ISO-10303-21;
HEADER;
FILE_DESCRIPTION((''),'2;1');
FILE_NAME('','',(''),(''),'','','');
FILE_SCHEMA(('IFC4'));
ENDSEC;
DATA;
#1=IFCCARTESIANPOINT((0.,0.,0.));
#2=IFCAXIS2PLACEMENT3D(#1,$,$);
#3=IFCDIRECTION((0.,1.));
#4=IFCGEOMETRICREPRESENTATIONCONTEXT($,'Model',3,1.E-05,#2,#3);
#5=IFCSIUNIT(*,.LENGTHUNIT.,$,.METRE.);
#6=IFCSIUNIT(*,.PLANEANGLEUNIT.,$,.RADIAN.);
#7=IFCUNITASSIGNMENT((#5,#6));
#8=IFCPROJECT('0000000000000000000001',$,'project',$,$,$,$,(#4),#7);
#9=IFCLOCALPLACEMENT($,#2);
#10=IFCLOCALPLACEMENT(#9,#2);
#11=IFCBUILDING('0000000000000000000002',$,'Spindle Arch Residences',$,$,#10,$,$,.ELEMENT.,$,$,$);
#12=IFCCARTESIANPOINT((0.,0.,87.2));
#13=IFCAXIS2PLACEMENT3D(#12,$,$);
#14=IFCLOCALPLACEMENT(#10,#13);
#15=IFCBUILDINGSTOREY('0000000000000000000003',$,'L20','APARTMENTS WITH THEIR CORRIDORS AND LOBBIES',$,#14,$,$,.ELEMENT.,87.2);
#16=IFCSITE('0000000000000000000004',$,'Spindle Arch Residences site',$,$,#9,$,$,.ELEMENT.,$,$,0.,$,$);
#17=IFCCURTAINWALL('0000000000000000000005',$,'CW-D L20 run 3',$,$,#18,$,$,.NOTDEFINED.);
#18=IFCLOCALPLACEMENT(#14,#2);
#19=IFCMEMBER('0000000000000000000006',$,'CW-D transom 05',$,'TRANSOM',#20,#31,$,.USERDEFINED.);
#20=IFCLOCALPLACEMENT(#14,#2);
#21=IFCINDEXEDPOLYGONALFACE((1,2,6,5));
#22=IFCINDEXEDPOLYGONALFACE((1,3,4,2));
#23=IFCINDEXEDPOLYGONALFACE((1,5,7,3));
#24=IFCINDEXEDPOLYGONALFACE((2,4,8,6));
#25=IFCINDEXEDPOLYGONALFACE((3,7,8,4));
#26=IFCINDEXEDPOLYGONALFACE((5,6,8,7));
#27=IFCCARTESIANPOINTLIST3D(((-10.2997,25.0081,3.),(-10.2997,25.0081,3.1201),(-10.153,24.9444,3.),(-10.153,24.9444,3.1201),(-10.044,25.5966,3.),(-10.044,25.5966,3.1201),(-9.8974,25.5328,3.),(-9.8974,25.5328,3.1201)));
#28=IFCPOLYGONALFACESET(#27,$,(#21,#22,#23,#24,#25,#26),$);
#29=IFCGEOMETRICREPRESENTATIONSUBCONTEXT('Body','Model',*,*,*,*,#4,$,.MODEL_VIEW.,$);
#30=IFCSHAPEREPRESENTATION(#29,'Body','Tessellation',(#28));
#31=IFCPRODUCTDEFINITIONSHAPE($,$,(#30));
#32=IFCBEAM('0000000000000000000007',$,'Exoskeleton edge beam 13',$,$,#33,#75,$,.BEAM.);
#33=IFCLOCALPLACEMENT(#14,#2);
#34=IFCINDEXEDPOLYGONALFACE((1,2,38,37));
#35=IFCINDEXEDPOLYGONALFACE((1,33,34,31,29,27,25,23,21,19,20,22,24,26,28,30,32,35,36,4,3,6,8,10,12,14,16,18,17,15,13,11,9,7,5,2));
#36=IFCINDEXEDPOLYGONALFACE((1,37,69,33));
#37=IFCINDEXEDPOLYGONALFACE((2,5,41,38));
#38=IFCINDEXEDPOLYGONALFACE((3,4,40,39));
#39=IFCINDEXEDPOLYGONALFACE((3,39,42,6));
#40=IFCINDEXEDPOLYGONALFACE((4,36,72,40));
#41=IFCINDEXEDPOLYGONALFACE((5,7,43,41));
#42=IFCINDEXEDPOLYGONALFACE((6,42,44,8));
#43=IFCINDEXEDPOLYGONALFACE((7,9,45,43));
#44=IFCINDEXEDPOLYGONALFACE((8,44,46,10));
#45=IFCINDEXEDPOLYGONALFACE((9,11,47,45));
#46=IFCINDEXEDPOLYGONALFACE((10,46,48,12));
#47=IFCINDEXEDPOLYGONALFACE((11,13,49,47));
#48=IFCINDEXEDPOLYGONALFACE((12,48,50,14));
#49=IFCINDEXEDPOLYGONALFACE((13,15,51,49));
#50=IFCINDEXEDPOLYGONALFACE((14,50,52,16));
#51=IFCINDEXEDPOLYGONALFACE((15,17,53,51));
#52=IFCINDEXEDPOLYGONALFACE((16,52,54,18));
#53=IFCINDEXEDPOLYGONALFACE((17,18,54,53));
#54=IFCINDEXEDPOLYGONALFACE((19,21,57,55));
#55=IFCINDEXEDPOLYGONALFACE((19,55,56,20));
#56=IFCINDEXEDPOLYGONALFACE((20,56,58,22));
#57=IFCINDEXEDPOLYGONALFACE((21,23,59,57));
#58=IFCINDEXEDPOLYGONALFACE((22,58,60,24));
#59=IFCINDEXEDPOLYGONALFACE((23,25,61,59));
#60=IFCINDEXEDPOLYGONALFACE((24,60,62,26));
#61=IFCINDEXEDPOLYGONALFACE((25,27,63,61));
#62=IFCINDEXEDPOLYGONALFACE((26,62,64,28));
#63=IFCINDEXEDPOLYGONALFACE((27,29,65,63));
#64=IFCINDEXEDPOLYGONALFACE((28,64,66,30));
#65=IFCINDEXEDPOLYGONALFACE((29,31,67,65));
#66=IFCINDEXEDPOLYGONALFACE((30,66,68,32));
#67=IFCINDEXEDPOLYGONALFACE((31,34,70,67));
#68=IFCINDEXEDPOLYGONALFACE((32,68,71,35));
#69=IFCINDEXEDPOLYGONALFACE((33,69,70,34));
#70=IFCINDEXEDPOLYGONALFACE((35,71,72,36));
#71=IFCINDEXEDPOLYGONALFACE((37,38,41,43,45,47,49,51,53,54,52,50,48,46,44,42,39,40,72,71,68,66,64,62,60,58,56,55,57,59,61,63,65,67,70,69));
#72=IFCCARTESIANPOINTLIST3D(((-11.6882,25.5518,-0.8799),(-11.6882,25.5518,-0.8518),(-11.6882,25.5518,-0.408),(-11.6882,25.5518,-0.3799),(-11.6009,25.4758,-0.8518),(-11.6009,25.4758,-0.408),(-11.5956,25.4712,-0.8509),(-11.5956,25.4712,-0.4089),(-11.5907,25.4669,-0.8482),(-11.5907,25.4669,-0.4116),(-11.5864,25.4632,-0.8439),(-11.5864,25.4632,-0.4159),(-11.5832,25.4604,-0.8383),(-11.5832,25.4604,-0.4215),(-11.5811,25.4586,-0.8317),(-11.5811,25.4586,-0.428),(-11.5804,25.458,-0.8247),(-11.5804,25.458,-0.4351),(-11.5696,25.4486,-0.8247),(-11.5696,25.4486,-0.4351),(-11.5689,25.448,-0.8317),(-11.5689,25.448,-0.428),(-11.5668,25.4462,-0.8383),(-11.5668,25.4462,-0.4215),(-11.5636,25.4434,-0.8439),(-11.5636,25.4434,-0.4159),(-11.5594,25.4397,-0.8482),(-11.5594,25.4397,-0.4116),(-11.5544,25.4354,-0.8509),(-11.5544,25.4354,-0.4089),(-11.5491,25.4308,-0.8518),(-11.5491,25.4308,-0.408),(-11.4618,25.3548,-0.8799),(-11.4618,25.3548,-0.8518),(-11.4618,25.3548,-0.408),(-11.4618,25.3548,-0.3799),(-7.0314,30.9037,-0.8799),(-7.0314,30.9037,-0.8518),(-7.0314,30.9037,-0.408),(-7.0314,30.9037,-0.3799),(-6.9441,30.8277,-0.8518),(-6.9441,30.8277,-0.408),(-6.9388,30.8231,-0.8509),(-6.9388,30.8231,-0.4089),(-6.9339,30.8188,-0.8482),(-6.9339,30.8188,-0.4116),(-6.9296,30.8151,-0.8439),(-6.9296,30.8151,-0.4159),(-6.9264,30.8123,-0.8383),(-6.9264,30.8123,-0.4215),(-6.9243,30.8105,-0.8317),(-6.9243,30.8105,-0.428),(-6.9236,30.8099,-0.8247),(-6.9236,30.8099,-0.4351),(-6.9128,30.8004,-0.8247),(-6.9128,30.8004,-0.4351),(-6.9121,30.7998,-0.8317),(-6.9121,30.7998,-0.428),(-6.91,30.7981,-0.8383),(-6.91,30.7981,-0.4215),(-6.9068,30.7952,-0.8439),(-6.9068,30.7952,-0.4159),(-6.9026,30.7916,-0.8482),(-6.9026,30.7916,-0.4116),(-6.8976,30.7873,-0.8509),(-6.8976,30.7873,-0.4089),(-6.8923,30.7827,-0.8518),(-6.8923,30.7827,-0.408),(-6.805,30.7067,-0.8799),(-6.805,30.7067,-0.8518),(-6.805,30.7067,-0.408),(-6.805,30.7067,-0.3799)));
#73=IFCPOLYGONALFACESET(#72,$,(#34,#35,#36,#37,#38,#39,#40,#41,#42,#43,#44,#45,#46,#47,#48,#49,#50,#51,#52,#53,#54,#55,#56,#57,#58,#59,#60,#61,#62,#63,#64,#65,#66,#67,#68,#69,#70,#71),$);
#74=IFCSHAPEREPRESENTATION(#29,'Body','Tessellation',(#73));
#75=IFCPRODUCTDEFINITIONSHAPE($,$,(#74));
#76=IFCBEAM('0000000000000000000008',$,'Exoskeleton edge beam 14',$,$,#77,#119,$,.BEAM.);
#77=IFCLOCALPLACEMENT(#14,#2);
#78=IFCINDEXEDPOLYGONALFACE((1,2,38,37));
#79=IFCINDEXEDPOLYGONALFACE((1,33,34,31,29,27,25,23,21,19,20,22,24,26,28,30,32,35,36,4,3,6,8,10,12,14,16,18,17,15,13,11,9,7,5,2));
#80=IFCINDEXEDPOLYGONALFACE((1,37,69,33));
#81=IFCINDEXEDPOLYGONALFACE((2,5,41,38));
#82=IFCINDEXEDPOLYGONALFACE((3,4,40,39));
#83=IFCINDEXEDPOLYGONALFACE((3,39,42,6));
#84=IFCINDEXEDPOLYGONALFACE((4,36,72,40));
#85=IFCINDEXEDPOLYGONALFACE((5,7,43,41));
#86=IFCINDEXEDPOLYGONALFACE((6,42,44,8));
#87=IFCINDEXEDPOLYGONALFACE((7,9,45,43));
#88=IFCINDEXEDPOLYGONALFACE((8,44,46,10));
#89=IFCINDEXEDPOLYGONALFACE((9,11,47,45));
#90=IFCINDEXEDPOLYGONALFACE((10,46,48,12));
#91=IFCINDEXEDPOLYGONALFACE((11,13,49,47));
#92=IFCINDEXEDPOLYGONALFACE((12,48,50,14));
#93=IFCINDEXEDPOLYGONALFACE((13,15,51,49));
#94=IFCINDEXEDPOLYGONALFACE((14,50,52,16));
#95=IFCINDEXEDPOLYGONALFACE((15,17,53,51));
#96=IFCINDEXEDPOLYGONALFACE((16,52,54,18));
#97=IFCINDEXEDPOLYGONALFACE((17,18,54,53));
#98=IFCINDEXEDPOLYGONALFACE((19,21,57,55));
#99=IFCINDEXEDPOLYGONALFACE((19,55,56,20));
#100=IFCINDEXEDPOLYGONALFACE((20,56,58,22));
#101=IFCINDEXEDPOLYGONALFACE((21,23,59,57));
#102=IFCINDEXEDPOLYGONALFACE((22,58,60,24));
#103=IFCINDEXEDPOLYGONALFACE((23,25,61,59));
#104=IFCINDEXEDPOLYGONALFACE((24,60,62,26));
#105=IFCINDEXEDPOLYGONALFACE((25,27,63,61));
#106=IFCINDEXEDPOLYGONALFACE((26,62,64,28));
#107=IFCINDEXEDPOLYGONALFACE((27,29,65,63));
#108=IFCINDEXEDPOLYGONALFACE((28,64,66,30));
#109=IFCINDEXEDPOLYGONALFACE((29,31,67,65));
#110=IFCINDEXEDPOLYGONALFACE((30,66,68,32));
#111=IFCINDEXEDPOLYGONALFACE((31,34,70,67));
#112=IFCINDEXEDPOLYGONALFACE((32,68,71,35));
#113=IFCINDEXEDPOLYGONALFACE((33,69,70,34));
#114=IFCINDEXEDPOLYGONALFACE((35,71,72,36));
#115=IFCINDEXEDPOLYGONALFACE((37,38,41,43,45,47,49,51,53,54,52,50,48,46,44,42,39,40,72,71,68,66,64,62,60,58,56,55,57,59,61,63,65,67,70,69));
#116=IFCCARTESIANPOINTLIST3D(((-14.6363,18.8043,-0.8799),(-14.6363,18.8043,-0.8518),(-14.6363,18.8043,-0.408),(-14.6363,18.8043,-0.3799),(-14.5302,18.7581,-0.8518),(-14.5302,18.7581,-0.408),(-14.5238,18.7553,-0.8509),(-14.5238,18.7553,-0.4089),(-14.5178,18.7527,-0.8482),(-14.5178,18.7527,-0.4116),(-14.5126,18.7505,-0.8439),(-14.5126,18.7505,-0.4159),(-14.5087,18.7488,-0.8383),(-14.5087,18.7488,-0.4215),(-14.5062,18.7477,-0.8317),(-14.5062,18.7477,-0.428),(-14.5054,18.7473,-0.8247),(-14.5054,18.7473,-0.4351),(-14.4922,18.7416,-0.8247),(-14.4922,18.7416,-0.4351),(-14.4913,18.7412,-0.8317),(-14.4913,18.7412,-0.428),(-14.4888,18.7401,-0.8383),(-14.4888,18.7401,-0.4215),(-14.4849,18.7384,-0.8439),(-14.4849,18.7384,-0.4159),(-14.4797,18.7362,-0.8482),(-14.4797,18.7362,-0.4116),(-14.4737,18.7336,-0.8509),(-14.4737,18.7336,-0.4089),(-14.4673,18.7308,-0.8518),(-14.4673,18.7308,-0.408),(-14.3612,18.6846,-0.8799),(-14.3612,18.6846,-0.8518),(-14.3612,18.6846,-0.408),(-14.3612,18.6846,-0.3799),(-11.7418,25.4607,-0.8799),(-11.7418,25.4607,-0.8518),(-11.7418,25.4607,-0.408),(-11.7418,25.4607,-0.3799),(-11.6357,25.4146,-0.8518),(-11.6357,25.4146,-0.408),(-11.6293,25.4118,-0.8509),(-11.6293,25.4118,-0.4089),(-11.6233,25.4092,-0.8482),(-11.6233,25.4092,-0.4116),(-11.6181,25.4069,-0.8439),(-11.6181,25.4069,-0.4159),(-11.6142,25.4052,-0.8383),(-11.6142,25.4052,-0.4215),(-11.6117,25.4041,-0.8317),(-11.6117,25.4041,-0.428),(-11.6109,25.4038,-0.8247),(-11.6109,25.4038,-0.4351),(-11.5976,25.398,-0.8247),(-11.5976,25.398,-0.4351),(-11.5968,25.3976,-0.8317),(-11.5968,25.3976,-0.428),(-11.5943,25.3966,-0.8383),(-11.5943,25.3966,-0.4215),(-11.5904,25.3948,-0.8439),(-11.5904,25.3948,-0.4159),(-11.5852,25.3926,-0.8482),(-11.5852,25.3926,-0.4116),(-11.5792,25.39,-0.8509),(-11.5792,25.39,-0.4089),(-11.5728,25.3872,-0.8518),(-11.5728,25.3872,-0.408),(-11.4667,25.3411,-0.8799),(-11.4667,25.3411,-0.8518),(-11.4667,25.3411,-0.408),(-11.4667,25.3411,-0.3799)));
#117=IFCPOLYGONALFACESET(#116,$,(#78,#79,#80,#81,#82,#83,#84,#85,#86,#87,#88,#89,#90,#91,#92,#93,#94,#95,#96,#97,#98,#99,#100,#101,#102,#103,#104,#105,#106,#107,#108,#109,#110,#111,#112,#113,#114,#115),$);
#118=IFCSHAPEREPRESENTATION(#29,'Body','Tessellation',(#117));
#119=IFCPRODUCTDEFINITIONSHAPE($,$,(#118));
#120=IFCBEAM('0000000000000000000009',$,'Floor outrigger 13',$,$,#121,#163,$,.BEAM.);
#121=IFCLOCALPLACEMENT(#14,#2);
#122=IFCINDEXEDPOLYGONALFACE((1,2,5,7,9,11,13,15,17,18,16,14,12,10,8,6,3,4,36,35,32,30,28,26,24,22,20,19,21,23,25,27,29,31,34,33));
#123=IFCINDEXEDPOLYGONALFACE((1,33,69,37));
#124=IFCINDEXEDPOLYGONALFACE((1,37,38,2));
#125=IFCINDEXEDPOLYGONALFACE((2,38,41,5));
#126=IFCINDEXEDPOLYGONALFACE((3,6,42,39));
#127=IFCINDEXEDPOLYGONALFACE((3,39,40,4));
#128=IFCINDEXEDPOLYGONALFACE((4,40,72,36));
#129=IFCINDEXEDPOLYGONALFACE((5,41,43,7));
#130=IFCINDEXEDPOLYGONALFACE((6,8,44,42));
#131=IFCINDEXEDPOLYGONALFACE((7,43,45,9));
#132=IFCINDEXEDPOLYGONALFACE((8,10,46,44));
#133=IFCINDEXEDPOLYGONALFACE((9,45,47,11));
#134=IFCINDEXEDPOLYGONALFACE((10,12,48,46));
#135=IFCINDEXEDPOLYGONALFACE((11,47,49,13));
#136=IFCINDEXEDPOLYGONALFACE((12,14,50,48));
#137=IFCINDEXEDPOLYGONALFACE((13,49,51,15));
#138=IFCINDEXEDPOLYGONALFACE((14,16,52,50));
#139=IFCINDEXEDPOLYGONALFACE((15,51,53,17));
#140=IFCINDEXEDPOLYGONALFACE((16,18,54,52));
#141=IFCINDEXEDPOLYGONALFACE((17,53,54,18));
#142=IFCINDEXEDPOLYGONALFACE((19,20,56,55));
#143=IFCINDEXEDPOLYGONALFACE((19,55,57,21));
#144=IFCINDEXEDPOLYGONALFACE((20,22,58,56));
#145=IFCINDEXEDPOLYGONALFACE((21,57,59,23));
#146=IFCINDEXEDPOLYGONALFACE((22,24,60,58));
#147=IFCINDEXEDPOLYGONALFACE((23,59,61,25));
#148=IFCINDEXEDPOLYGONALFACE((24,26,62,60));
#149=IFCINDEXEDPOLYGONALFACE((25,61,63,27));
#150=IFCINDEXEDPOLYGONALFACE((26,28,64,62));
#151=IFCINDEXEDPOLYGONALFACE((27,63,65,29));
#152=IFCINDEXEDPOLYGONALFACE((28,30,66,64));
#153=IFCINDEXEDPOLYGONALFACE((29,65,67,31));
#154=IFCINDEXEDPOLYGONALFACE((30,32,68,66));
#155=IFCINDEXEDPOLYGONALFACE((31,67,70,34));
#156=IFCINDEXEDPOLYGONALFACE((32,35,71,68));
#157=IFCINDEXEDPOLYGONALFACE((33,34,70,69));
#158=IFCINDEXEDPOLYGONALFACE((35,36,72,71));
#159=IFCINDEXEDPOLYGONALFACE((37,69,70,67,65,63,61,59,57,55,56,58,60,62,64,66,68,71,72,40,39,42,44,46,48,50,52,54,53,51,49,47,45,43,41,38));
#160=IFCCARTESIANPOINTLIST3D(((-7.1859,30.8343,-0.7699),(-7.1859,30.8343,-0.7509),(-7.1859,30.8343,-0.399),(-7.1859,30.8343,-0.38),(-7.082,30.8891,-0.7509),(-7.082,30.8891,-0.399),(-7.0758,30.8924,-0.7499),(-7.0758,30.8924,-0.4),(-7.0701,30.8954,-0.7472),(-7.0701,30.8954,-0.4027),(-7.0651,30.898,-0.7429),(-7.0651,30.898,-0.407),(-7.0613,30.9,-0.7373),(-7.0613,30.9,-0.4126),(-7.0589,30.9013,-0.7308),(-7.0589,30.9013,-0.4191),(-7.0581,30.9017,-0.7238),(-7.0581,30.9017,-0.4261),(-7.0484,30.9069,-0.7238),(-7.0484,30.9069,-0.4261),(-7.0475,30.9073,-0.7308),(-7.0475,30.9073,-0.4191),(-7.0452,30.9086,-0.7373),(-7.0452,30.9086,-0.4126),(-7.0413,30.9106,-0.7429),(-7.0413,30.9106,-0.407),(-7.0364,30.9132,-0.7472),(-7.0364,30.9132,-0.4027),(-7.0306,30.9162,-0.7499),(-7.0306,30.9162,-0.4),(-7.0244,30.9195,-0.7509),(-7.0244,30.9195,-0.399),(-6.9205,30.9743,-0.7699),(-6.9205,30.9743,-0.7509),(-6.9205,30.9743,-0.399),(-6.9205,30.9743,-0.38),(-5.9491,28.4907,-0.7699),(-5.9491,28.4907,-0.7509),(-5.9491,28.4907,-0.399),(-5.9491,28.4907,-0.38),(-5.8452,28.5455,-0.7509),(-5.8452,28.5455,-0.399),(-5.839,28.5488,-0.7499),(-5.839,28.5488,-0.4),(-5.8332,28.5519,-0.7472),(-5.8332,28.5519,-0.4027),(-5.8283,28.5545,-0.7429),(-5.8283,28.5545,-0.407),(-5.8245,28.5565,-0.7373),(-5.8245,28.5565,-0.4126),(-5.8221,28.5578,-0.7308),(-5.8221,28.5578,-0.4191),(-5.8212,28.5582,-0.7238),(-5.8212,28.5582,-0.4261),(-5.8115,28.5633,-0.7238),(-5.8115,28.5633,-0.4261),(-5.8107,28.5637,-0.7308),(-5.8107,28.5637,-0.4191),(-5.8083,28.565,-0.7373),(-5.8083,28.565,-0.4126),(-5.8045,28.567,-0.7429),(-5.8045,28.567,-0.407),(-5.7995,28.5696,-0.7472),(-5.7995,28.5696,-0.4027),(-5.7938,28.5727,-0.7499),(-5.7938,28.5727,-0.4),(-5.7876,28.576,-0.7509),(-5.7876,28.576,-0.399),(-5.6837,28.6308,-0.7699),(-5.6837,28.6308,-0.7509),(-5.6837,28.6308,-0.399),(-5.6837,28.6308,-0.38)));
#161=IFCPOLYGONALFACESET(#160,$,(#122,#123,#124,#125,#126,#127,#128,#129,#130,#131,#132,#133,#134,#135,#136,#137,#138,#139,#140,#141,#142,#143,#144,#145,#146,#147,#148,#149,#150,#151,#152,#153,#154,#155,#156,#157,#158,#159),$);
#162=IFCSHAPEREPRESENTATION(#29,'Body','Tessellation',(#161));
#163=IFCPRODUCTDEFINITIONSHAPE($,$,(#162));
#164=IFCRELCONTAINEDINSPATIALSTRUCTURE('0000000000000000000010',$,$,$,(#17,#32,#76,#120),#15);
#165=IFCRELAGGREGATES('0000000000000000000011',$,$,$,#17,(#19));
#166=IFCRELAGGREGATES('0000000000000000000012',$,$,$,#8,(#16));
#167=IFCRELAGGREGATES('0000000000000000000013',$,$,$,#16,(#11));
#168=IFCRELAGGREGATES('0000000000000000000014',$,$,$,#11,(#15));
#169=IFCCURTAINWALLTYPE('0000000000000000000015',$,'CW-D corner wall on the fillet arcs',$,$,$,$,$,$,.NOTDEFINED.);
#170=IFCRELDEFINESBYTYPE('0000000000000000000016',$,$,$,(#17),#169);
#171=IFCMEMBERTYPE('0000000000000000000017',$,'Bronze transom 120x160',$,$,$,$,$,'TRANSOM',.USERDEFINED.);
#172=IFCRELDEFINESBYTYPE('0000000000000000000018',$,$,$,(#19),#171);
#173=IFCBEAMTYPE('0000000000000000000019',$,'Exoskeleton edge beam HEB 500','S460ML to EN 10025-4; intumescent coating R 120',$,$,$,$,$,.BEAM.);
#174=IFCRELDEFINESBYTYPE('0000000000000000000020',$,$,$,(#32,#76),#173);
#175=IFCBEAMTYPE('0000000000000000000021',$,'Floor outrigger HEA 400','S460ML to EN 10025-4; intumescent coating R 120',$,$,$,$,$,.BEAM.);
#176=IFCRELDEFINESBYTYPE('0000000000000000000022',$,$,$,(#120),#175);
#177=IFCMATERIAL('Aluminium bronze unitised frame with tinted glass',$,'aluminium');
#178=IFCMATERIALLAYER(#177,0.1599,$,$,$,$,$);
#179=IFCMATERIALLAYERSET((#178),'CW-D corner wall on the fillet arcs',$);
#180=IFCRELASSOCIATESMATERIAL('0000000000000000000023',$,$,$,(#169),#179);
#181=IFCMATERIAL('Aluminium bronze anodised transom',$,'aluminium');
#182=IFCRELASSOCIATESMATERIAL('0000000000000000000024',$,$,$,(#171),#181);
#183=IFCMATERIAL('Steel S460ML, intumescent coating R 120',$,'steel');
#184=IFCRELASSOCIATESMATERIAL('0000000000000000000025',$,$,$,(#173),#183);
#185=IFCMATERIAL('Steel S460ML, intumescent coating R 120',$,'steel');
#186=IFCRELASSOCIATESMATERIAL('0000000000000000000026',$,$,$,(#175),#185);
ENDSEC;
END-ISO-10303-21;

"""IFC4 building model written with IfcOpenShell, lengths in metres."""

from ifc_helpers import new_model, si_unit, direction, frame, origin, origin_2d, place, context, subcontext, project, spatial, rectangle, i_section, extrude, material, layer, layer_set, material_profile, profile_set, type_object, element, aggregate, save


model = new_model("IFC4")

# Units and contexts
model_context = context("Model", 3, precision=1e-05, world=origin(), true_north=direction((0.0, 1.0)))
body_context = subcontext(model_context, "Body", "Model", "MODEL_VIEW")
ifc_project = project(units=[si_unit("LENGTHUNIT", "METRE"), si_unit("PLANEANGLEUNIT", "RADIAN")], contexts=[model_context])

# Site, building, storey
site_placement = place(None, origin())
site = spatial("IfcSite", under=ifc_project, at=site_placement, Name="Spindle Arch Residences site", CompositionType="ELEMENT", RefElevation=0.0)
building_placement = place(site_placement, origin())
building = spatial("IfcBuilding", under=site, at=building_placement, Name="Spindle Arch Residences", CompositionType="ELEMENT")
storey_placement = place(building_placement, frame((0.0, 0.0, 87.2)))
storey = spatial("IfcBuildingStorey", under=building, at=storey_placement, Name="L20", Description="APARTMENTS WITH THEIR CORRIDORS AND LOBBIES", CompositionType="ELEMENT", Elevation=87.2)

# Curtain wall, member
ifc_material_1 = material(Name="Aluminium bronze unitised frame with tinted glass", Category="aluminium")
ifc_layer_1 = layer(ifc_material_1, 0.1599)
ifc_layer_set_1 = layer_set([ifc_layer_1], Name="CW-D corner wall on the fillet arcs")
curtain_wall_type = type_object("IfcCurtainWallType", Name="CW-D corner wall on the fillet arcs", PredefinedType="NOTDEFINED", material=ifc_layer_set_1)
curtain_wall_placement = place(storey_placement, origin())
curtain_wall = element("IfcCurtainWall", 1, at=curtain_wall_placement, inside=storey, type_object=curtain_wall_type, Name="CW-D L20 run 3", PredefinedType="NOTDEFINED")
ifc_material_2 = material(Name="Aluminium bronze anodised transom", Category="aluminium")
ifc_material_profile_1 = material_profile(ifc_material_2, rectangle(XDim=0.1599, YDim=0.1201, at=origin_2d()), Name="TR 120x160")
ifc_profile_set_1 = profile_set([ifc_material_profile_1], Name="Aluminium bronze anodised transom")
member_type_1 = type_object("IfcMemberType", Name="Bronze transom 120x160", ElementType="TRANSOM", PredefinedType="USERDEFINED", material=ifc_profile_set_1)
member_1_placement = place(storey_placement, frame((-9.9707, 25.5647, 3.0601), z_axis=(-0.398462, -0.917185, 0.0), x_axis=(0.917185, -0.398462, 0.0)))
member_1 = element("IfcMember", 2, at=member_1_placement, type_object=member_type_1, Name="CW-D transom 05", ObjectType="TRANSOM", PredefinedType="USERDEFINED", context=body_context, shape_type="SweptSolid", body=[
    extrude(rectangle(XDim=0.1599, YDim=0.1201, at=origin_2d()), origin(), (0.0, 0.0, 1.0), 0.6416),
])

# Beams
ifc_material_3 = material(Name="Steel S460ML, intumescent coating R 120", Category="steel")
ifc_material_profile_2 = material_profile(ifc_material_3, i_section(OverallWidth=0.3, OverallDepth=0.5, WebThickness=0.0144, FlangeThickness=0.0281, FilletRadius=0.0271, at=origin_2d()), Name="HEB 500")
ifc_profile_set_2 = profile_set([ifc_material_profile_2], Name="Steel S460ML, intumescent coating R 120")
beam_type_1 = type_object("IfcBeamType", Name="Exoskeleton edge beam HEB 500", Description="S460ML to EN 10025-4; intumescent coating R 120", PredefinedType="BEAM", material=ifc_profile_set_2)
beam_1_placement = place(storey_placement, frame((-6.9182, 30.8052, -0.6299), z_axis=(-0.656419, -0.754397, 0.0), x_axis=(0.754397, -0.656419, 0.0)))
element("IfcBeam", 3, at=beam_1_placement, inside=storey, type_object=beam_type_1, Name="Exoskeleton edge beam 13", PredefinedType="BEAM", context=body_context, shape_type="SweptSolid", body=[
    extrude(i_section(OverallWidth=0.3, OverallDepth=0.5, WebThickness=0.0144, FlangeThickness=0.0281, FilletRadius=0.0271, at=origin_2d()), origin(), (0.0, 0.0, 1.0), 7.0942),
])
beam_2_placement = place(storey_placement, frame((-11.6042, 25.4009, -0.6299), z_axis=(-0.398773, -0.91705, 0.0), x_axis=(0.91705, -0.398773, 0.0)))
element("IfcBeam", 4, at=beam_2_placement, inside=storey, type_object=beam_type_1, Name="Exoskeleton edge beam 14", PredefinedType="BEAM", context=body_context, shape_type="SweptSolid", body=[
    extrude(i_section(OverallWidth=0.3, OverallDepth=0.5, WebThickness=0.0144, FlangeThickness=0.0281, FilletRadius=0.0271, at=origin_2d()), origin(), (0.0, 0.0, 1.0), 7.2585),
])
ifc_material_4 = material(Name="Steel S460ML, intumescent coating R 120", Category="steel")
ifc_material_profile_3 = material_profile(ifc_material_4, i_section(OverallWidth=0.3, OverallDepth=0.3899, WebThickness=0.011, FlangeThickness=0.019, FilletRadius=0.0271, at=origin_2d()), Name="HEA 400")
ifc_profile_set_3 = profile_set([ifc_material_profile_3], Name="Steel S460ML, intumescent coating R 120")
beam_type_2 = type_object("IfcBeamType", Name="Floor outrigger HEA 400", Description="S460ML to EN 10025-4; intumescent coating R 120", PredefinedType="BEAM", material=ifc_profile_set_3)
beam_3_placement = place(storey_placement, frame((-7.0532, 30.9043, -0.575), z_axis=(0.466749, -0.88439, 0.0), x_axis=(0.88439, 0.466749, 0.0)))
element("IfcBeam", 5, at=beam_3_placement, inside=storey, type_object=beam_type_2, Name="Floor outrigger 13", PredefinedType="BEAM", context=body_context, shape_type="SweptSolid", body=[
    extrude(i_section(OverallWidth=0.3, OverallDepth=0.3899, WebThickness=0.011, FlangeThickness=0.019, FilletRadius=0.0271, at=origin_2d()), origin(), (0.0, 0.0, 1.0), 2.6499),
])

aggregate(curtain_wall, [member_1])

save(model, "model.ifc")
